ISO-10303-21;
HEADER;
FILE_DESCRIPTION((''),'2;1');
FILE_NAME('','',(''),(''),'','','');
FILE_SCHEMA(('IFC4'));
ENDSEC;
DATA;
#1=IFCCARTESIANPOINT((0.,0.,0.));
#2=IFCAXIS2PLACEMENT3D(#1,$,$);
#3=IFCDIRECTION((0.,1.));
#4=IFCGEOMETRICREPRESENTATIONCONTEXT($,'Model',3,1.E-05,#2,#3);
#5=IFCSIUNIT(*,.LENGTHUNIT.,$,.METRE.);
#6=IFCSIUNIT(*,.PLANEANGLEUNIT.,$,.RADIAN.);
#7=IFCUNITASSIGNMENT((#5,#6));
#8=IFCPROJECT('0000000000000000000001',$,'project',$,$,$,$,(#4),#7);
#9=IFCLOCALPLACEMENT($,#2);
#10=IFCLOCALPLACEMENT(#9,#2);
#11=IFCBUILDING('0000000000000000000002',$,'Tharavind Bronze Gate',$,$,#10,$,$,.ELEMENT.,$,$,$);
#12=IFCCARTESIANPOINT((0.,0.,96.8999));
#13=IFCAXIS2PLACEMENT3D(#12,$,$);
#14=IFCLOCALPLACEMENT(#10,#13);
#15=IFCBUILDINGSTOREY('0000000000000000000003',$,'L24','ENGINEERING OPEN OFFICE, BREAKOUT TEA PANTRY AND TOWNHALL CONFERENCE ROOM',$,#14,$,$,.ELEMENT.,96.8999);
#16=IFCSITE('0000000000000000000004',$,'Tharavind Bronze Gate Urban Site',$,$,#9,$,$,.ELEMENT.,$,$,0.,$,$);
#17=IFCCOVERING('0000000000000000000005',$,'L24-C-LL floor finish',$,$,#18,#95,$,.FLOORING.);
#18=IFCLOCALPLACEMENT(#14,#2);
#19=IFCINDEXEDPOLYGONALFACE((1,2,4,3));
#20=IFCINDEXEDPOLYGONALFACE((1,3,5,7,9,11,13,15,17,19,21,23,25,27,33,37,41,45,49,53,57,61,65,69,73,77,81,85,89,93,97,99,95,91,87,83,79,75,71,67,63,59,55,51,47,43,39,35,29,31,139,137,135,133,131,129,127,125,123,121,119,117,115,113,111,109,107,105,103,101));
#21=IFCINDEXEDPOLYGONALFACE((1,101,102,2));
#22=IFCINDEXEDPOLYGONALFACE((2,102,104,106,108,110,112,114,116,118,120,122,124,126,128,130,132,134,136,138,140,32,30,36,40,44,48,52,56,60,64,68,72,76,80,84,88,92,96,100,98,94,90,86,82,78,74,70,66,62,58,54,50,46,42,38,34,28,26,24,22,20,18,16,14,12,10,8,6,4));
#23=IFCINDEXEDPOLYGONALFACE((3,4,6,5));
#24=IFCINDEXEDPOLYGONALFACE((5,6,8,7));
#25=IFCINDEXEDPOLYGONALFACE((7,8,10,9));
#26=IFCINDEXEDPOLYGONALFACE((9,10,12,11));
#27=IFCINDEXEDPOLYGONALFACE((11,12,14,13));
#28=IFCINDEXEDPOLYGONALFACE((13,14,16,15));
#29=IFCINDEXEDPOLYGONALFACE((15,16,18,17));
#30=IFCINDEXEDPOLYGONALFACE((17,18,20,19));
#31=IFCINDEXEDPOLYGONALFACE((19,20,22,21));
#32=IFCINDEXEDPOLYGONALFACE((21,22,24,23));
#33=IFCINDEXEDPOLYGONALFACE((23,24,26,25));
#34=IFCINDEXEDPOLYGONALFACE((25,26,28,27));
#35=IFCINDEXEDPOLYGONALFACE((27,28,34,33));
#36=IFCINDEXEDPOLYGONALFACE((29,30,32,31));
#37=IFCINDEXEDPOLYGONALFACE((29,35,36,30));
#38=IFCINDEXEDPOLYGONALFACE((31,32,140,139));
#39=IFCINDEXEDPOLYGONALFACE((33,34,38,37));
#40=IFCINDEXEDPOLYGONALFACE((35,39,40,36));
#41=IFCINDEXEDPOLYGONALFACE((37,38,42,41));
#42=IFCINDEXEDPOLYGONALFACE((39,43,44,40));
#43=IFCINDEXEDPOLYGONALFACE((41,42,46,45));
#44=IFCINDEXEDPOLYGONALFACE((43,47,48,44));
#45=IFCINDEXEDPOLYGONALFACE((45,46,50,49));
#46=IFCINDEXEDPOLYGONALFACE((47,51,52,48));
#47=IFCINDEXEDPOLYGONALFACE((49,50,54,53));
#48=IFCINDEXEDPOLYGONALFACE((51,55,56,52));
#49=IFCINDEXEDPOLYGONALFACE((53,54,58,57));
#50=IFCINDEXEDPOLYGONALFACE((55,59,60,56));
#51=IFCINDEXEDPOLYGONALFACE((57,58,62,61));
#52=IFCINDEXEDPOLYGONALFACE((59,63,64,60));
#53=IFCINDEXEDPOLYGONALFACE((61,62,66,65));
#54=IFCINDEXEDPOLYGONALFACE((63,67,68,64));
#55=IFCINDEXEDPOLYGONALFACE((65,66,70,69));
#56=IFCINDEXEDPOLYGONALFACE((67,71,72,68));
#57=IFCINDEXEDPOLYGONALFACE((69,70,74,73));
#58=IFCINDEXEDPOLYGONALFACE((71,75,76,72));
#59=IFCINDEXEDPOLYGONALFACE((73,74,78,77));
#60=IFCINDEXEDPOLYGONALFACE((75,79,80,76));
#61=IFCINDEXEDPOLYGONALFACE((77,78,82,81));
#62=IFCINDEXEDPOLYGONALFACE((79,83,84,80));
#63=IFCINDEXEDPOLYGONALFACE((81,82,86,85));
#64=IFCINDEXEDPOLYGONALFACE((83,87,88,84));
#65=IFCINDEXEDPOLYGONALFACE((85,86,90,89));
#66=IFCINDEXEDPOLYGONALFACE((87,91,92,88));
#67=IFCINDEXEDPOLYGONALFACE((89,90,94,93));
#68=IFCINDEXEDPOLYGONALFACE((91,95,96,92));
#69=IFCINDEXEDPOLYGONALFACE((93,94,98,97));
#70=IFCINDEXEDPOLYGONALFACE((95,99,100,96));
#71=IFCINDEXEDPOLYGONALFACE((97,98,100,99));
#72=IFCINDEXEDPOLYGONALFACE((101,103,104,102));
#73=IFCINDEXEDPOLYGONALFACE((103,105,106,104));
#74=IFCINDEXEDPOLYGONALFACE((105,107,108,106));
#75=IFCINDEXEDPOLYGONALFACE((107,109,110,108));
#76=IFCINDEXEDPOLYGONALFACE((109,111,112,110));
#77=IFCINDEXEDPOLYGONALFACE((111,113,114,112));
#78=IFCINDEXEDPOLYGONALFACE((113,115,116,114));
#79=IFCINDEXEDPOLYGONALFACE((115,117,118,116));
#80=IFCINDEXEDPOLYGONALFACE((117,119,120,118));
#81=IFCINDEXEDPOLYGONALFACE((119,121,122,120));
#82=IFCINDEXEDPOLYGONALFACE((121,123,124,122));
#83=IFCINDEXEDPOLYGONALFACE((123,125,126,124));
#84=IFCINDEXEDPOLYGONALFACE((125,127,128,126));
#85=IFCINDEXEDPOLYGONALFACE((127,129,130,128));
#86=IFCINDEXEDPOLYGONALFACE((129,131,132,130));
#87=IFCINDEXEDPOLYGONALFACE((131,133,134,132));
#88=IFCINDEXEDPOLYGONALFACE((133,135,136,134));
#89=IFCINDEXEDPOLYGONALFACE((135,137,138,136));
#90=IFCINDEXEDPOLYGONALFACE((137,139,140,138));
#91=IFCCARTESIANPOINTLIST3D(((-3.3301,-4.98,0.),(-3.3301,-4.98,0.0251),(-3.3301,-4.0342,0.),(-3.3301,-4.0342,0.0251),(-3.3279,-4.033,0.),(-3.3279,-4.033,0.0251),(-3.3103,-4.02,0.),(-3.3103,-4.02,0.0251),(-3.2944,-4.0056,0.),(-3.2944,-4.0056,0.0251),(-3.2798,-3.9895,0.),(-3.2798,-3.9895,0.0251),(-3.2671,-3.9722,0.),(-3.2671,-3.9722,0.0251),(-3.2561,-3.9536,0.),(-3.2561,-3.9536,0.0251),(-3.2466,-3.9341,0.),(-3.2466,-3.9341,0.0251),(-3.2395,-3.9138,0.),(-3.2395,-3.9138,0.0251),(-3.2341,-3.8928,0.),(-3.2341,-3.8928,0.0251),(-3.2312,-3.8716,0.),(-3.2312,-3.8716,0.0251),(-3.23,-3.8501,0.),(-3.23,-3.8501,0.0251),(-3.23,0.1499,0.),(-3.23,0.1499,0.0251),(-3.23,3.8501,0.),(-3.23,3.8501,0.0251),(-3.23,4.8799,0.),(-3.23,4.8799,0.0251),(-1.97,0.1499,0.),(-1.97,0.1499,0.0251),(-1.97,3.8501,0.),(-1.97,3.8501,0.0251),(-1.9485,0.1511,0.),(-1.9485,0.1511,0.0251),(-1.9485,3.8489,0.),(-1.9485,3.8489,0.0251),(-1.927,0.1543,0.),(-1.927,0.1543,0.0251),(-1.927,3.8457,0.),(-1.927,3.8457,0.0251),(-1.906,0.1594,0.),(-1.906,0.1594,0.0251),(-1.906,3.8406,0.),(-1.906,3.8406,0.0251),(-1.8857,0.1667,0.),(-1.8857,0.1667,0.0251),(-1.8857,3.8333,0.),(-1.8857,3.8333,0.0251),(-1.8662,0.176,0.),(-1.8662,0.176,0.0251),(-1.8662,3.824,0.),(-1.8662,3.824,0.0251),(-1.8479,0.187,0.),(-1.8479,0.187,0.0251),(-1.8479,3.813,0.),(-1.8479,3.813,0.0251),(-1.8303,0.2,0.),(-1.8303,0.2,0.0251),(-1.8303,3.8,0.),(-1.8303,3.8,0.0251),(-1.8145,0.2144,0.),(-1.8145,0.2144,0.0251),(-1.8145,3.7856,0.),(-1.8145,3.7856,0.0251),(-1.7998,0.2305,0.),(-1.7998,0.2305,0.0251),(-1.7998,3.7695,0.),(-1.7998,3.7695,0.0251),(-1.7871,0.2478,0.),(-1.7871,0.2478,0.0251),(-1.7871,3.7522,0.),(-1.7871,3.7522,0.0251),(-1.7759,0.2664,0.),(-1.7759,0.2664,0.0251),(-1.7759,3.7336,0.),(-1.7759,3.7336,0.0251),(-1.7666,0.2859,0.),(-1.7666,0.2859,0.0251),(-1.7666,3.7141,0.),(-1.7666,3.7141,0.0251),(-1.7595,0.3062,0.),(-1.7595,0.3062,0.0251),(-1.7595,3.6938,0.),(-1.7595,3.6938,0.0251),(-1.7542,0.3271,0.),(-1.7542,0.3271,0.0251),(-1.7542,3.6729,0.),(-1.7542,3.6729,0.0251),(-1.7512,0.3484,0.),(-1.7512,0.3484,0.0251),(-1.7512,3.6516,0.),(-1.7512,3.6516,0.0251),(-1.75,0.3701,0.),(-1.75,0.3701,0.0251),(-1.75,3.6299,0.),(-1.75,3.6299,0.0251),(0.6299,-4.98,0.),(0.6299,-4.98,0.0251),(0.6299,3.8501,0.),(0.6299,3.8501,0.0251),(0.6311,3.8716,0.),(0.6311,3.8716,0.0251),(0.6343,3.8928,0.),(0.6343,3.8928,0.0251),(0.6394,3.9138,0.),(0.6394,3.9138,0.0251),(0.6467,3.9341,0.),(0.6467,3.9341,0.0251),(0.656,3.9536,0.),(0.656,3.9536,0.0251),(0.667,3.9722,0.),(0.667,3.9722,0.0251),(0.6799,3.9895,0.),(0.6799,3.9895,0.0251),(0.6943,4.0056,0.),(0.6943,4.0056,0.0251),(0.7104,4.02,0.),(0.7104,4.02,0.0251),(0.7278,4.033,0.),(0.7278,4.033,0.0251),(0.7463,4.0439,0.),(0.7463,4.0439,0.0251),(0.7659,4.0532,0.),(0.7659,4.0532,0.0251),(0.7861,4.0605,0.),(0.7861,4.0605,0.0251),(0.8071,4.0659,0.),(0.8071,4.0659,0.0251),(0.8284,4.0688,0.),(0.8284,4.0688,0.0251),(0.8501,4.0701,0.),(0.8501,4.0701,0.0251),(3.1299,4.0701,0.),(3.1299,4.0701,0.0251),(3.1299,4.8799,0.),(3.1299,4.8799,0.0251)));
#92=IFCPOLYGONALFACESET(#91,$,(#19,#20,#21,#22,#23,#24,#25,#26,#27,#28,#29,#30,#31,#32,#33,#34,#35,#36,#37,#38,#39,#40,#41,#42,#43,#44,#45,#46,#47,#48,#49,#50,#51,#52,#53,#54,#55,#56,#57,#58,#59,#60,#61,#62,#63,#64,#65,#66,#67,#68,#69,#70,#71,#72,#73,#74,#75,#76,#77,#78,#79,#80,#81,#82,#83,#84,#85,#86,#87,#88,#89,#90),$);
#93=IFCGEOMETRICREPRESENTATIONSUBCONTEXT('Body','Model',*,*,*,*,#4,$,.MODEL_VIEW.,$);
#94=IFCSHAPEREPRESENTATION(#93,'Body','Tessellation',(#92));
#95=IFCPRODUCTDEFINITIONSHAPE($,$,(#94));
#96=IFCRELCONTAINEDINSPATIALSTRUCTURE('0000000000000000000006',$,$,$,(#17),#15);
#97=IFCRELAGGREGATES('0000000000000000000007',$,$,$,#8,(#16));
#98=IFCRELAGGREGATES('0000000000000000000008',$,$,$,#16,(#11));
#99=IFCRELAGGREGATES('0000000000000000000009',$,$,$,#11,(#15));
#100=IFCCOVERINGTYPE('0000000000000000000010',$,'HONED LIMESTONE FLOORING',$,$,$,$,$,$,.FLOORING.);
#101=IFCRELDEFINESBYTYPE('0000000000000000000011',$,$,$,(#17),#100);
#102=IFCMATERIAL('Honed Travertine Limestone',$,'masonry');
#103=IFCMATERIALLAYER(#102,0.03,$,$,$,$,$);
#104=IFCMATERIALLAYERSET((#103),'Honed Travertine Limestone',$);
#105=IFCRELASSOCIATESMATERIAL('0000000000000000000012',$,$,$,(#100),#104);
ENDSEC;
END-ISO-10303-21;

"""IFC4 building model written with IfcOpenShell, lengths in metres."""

from ifc_helpers import new_model, si_unit, direction, frame, origin, place, context, subcontext, project, spatial, polyline, outline, extrude, material, layer, layer_set, type_object, element, save


model = new_model("IFC4")

# Units and contexts
model_context = context("Model", 3, precision=1e-05, world=origin(), true_north=direction((0.0, 1.0)))
body_context = subcontext(model_context, "Body", "Model", "MODEL_VIEW")
ifc_project = project(units=[si_unit("LENGTHUNIT", "METRE"), si_unit("PLANEANGLEUNIT", "RADIAN")], contexts=[model_context])

# Site, building, storey
site_placement = place(None, origin())
site = spatial("IfcSite", under=ifc_project, at=site_placement, Name="Tharavind Bronze Gate Urban Site", CompositionType="ELEMENT", RefElevation=0.0)
building_placement = place(site_placement, origin())
building = spatial("IfcBuilding", under=site, at=building_placement, Name="Tharavind Bronze Gate", CompositionType="ELEMENT")
storey_placement = place(building_placement, frame((0.0, 0.0, 96.8999)))
storey = spatial("IfcBuildingStorey", under=building, at=storey_placement, Name="L24", Description="ENGINEERING OPEN OFFICE, BREAKOUT TEA PANTRY AND TOWNHALL CONFERENCE ROOM", CompositionType="ELEMENT", Elevation=96.8999)

# Covering
ifc_material_1 = material(Name="Honed Travertine Limestone", Category="masonry")
ifc_layer_1 = layer(ifc_material_1, 0.03)
ifc_layer_set_1 = layer_set([ifc_layer_1], Name="Honed Travertine Limestone")
covering_type_1 = type_object("IfcCoveringType", Name="HONED LIMESTONE FLOORING", PredefinedType="FLOORING", material=ifc_layer_set_1)
covering_1_placement = place(storey_placement, origin())
element("IfcCovering", 1, at=covering_1_placement, inside=storey, type_object=covering_type_1, Name="L24-C-LL floor finish", PredefinedType="FLOORING", context=body_context, shape_type="SweptSolid", body=[
    extrude(outline(polyline([(-3.3301, -4.98), (0.6299, -4.98), (0.6299, 3.8501), (0.6311, 3.8716), (0.6343, 3.8928), (0.6394, 3.9138), (0.6467, 3.9341), (0.656, 3.9536), (0.667, 3.9722), (0.6799, 3.9895), (0.6943, 4.0056), (0.7104, 4.02), (0.7278, 4.033), (0.7463, 4.0439), (0.7659, 4.0532), (0.7861, 4.0605), (0.8071, 4.0659), (0.8284, 4.0688), (0.8501, 4.0701), (3.1299, 4.0701), (3.1299, 4.8799), (-3.23, 4.8799), (-3.23, 3.8501), (-1.97, 3.8501), (-1.9485, 3.8489), (-1.927, 3.8457), (-1.906, 3.8406), (-1.8857, 3.8333), (-1.8662, 3.824), (-1.8479, 3.813), (-1.8303, 3.8), (-1.8145, 3.7856), (-1.7998, 3.7695), (-1.7871, 3.7522), (-1.7759, 3.7336), (-1.7666, 3.7141), (-1.7595, 3.6938), (-1.7542, 3.6729), (-1.7512, 3.6516), (-1.75, 3.6299), (-1.75, 0.3701), (-1.7512, 0.3484), (-1.7542, 0.3271), (-1.7595, 0.3062), (-1.7666, 0.2859), (-1.7759, 0.2664), (-1.7871, 0.2478), (-1.7998, 0.2305), (-1.8145, 0.2144), (-1.8303, 0.2), (-1.8479, 0.187), (-1.8662, 0.176), (-1.8857, 0.1667), (-1.906, 0.1594), (-1.927, 0.1543), (-1.9485, 0.1511), (-1.97, 0.1499), (-3.23, 0.1499), (-3.23, -3.8501), (-3.2312, -3.8716), (-3.2341, -3.8928), (-3.2395, -3.9138), (-3.2466, -3.9341), (-3.2561, -3.9536), (-3.2671, -3.9722), (-3.2798, -3.9895), (-3.2944, -4.0056), (-3.3103, -4.02), (-3.3279, -4.033), (-3.3301, -4.0342), (-3.3301, -4.98)])), origin(), (0.0, 0.0, 1.0), 0.0251),
])

save(model, "model.ifc")
